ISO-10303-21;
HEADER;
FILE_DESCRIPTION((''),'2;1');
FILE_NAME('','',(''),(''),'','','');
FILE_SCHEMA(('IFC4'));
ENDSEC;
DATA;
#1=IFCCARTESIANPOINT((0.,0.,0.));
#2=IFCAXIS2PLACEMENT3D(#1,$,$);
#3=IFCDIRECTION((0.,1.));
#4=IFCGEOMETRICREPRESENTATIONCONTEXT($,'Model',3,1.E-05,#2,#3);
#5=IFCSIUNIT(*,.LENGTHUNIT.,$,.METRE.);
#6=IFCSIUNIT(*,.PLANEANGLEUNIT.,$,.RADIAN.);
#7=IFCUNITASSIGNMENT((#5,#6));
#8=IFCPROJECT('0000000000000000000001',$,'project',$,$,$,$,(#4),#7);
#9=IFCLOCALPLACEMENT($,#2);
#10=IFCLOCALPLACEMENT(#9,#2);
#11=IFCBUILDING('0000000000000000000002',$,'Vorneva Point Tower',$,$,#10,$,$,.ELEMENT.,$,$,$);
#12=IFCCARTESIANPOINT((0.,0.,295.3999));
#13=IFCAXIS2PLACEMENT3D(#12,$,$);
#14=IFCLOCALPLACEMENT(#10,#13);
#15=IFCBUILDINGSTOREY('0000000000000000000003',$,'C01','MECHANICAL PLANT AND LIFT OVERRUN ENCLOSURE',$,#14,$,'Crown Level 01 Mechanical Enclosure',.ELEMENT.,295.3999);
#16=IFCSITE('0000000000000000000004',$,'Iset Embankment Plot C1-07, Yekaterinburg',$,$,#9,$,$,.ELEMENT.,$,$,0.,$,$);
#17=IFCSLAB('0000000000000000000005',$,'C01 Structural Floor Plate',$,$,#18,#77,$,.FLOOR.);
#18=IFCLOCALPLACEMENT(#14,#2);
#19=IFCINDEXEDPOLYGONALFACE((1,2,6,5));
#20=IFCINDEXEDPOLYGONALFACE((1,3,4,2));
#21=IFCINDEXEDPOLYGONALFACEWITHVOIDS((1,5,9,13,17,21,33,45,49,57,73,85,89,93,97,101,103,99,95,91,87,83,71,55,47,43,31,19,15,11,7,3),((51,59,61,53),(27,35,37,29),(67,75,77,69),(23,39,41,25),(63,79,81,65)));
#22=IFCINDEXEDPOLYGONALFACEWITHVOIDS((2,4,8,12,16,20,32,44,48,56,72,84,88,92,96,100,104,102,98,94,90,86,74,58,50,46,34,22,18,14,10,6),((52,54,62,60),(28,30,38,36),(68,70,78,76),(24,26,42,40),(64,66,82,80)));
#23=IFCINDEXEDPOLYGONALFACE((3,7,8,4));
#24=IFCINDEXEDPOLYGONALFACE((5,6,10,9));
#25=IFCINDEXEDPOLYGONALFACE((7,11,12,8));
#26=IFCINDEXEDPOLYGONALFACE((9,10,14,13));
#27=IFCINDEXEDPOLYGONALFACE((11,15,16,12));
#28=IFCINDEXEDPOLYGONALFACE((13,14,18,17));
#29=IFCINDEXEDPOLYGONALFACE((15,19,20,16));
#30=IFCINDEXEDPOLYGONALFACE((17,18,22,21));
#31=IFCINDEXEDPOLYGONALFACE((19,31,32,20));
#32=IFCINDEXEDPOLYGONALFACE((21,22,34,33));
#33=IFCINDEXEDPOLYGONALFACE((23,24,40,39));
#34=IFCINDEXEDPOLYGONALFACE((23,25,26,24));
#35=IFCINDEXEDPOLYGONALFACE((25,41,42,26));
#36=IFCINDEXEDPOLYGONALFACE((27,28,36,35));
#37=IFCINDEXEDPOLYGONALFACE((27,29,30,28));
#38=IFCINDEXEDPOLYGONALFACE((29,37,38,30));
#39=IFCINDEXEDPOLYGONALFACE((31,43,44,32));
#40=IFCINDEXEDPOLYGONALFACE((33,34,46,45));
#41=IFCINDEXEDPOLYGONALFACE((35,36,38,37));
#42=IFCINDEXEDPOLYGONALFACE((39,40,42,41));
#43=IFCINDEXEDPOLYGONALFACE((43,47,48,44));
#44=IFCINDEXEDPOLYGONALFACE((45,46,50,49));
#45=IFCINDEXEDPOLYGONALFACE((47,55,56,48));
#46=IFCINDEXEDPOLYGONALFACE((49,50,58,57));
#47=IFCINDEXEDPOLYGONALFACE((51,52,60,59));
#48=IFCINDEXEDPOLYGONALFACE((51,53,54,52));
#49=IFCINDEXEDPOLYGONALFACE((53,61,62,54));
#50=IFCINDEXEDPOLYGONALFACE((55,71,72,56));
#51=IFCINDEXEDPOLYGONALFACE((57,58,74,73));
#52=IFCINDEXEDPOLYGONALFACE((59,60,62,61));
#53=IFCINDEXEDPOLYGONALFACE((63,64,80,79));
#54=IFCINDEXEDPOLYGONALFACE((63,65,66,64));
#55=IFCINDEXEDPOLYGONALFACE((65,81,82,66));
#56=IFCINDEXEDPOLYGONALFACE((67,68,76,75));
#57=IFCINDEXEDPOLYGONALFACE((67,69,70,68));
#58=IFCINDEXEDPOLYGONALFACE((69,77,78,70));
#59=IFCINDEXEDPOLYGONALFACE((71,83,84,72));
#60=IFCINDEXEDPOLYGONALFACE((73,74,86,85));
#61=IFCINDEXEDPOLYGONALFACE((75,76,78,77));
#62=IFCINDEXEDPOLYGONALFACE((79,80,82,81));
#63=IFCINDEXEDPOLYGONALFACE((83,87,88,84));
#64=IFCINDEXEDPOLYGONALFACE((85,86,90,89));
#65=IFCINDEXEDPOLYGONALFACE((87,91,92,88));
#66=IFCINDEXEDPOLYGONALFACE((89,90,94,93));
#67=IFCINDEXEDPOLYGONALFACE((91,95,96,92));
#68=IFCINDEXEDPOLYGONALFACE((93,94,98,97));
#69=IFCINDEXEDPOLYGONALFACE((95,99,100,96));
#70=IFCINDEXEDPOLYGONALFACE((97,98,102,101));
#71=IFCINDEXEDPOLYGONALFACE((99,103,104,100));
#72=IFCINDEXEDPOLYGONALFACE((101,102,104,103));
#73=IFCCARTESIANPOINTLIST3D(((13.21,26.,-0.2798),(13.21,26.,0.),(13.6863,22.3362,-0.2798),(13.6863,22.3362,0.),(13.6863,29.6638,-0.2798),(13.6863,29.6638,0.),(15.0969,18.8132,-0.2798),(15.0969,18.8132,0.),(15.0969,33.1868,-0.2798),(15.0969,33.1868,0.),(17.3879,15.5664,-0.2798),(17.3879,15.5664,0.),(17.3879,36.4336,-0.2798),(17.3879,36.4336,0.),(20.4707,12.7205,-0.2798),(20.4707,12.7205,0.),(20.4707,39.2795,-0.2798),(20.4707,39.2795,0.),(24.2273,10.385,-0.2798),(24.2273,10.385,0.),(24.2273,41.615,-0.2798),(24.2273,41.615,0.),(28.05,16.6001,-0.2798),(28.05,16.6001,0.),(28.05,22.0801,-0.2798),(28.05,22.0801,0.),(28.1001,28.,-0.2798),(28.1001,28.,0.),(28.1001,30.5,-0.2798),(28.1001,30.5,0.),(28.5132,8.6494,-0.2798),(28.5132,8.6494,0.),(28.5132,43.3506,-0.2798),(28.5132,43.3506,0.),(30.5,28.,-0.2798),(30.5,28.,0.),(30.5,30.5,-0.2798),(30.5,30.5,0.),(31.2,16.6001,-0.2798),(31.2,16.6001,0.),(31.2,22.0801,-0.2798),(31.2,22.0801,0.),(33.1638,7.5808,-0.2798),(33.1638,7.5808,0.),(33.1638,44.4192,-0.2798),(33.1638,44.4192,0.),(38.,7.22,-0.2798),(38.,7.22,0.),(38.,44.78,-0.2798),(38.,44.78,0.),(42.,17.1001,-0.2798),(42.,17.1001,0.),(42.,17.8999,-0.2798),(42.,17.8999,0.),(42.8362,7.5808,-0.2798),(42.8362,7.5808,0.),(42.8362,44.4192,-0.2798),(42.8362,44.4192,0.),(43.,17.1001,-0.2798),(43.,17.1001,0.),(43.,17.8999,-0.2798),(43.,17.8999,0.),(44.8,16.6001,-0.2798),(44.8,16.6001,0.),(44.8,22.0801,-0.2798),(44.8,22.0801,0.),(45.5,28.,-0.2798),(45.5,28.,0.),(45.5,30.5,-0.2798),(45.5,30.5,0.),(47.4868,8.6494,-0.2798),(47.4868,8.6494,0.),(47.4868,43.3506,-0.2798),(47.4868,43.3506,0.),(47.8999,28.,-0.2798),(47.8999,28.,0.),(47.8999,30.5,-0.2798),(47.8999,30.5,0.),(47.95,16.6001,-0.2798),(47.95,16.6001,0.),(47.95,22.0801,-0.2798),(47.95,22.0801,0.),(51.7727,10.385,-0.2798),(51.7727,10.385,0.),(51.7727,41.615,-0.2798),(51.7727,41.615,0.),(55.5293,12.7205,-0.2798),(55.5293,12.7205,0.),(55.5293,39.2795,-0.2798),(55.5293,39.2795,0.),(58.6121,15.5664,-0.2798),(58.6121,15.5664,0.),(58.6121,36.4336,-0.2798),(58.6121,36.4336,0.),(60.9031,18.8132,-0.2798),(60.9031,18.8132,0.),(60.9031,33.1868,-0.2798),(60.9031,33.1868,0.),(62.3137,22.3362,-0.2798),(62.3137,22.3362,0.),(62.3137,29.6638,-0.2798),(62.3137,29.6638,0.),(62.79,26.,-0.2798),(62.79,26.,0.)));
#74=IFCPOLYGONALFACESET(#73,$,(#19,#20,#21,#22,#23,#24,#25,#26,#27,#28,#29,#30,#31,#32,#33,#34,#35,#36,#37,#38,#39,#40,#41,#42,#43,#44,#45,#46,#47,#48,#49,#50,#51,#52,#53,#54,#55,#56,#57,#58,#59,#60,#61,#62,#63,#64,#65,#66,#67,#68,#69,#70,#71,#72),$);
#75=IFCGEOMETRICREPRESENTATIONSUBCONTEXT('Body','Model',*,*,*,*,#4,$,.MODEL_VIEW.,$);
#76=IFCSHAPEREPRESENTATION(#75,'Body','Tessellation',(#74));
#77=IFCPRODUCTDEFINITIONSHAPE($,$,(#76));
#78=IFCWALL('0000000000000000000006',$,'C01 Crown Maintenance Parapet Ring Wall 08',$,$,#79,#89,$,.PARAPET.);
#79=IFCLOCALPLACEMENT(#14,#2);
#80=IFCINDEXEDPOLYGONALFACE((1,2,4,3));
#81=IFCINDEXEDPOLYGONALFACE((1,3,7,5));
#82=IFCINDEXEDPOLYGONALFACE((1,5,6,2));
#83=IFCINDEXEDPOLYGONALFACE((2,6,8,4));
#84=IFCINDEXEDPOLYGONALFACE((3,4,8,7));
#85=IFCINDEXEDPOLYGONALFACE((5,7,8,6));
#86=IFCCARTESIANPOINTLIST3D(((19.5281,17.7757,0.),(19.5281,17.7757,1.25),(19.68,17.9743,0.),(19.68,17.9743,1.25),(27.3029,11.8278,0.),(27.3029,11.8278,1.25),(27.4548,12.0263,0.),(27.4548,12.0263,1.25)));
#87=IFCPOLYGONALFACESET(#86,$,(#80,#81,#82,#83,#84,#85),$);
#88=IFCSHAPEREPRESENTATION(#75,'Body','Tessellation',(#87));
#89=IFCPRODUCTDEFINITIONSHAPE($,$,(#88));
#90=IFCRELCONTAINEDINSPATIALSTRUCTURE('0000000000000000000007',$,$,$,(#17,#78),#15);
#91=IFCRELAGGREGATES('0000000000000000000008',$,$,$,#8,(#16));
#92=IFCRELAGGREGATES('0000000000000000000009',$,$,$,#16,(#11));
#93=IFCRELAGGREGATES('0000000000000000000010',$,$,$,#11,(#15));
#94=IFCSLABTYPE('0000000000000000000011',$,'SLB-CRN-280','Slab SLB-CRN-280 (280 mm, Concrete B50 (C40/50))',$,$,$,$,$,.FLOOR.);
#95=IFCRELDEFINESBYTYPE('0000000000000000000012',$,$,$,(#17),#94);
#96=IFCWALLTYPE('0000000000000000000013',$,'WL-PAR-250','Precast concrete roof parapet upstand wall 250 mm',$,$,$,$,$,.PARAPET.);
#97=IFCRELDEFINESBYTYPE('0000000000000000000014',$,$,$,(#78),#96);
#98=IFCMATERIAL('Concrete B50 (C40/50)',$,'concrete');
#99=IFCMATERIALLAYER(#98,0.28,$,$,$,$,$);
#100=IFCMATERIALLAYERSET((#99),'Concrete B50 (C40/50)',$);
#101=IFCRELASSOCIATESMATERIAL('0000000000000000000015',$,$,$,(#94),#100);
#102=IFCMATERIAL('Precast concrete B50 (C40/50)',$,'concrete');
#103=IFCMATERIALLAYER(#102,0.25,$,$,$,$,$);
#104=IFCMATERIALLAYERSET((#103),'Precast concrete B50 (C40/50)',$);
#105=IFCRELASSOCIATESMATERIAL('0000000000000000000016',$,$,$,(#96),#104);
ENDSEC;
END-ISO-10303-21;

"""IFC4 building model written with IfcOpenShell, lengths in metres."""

from ifc_helpers import new_model, si_unit, direction, frame, frame_2d, origin, place, context, subcontext, project, spatial, polyline, rectangle, outline, extrude, material, layer, layer_set, type_object, element, save


model = new_model("IFC4")

# Units and contexts
model_context = context("Model", 3, precision=1e-05, world=origin(), true_north=direction((0.0, 1.0)))
body_context = subcontext(model_context, "Body", "Model", "MODEL_VIEW")
ifc_project = project(units=[si_unit("LENGTHUNIT", "METRE"), si_unit("PLANEANGLEUNIT", "RADIAN")], contexts=[model_context])

# Site, building, storey
site_placement = place(None, origin())
site = spatial("IfcSite", under=ifc_project, at=site_placement, Name="Iset Embankment Plot C1-07, Yekaterinburg", CompositionType="ELEMENT", RefElevation=0.0)
building_placement = place(site_placement, origin())
building = spatial("IfcBuilding", under=site, at=building_placement, Name="Vorneva Point Tower", CompositionType="ELEMENT")
storey_placement = place(building_placement, frame((0.0, 0.0, 295.3999)))
storey = spatial("IfcBuildingStorey", under=building, at=storey_placement, Name="C01", Description="MECHANICAL PLANT AND LIFT OVERRUN ENCLOSURE", LongName="Crown Level 01 Mechanical Enclosure", CompositionType="ELEMENT", Elevation=295.3999)

# Slab
ifc_material_1 = material(Name="Concrete B50 (C40/50)", Category="concrete")
ifc_layer_1 = layer(ifc_material_1, 0.28)
ifc_layer_set_1 = layer_set([ifc_layer_1], Name="Concrete B50 (C40/50)")
slab_type = type_object("IfcSlabType", Name="SLB-CRN-280", Description="Slab SLB-CRN-280 (280 mm, Concrete B50 (C40/50))", PredefinedType="FLOOR", material=ifc_layer_set_1)
slab_placement = place(storey_placement, frame((0.0, 0.0, -0.2798)))
element("IfcSlab", 1, at=slab_placement, inside=storey, type_object=slab_type, Name="C01 Structural Floor Plate", PredefinedType="FLOOR", context=body_context, shape_type="SweptSolid", body=[
    extrude(outline(polyline([(62.79, 26.0), (62.3137, 29.6638), (60.9031, 33.1868), (58.6121, 36.4336), (55.5293, 39.2795), (51.7727, 41.615), (47.4868, 43.3506), (42.8362, 44.4192), (38.0, 44.78), (33.1638, 44.4192), (28.5132, 43.3506), (24.2273, 41.615), (20.4707, 39.2795), (17.3879, 36.4336), (15.0969, 33.1868), (13.6863, 29.6638), (13.21, 26.0), (13.6863, 22.3362), (15.0969, 18.8132), (17.3879, 15.5664), (20.4707, 12.7205), (24.2273, 10.385), (28.5132, 8.6494), (33.1638, 7.5808), (38.0, 7.22), (42.8362, 7.5808), (47.4868, 8.6494), (51.7727, 10.385), (55.5293, 12.7205), (58.6121, 15.5664), (60.9031, 18.8132), (62.3137, 22.3362), (62.79, 26.0)]), holes=[polyline([(28.1001, 28.0), (30.5, 28.0), (30.5, 30.5), (28.1001, 30.5), (28.1001, 28.0)]), polyline([(45.5, 28.0), (47.8999, 28.0), (47.8999, 30.5), (45.5, 30.5), (45.5, 28.0)]), polyline([(28.05, 16.6001), (31.2, 16.6001), (31.2, 22.0801), (28.05, 22.0801), (28.05, 16.6001)]), polyline([(44.8, 16.6001), (47.95, 16.6001), (47.95, 22.0801), (44.8, 22.0801), (44.8, 16.6001)]), polyline([(42.0, 17.1001), (43.0, 17.1001), (43.0, 17.8999), (42.0, 17.8999), (42.0, 17.1001)])]), origin(), (0.0, 0.0, 1.0), 0.2798),
])

# Wall
ifc_material_2 = material(Name="Precast concrete B50 (C40/50)", Category="concrete")
ifc_layer_2 = layer(ifc_material_2, 0.25)
ifc_layer_set_2 = layer_set([ifc_layer_2], Name="Precast concrete B50 (C40/50)")
wall_type = type_object("IfcWallType", Name="WL-PAR-250", Description="Precast concrete roof parapet upstand wall 250 mm", PredefinedType="PARAPET", material=ifc_layer_set_2)
wall_placement = place(storey_placement, frame((19.604, 17.875, 0.0), z_axis=(0.0, 0.0, 1.0), x_axis=(0.794235, -0.60761, 0.0)))
element("IfcWall", 2, at=wall_placement, inside=storey, type_object=wall_type, Name="C01 Crown Maintenance Parapet Ring Wall 08", PredefinedType="PARAPET", context=body_context, shape_type="SweptSolid", body=[
    extrude(rectangle(XDim=9.7891, YDim=0.25, at=frame_2d((4.8945, 0.0))), origin(), (0.0, 0.0, 1.0), 1.25),
])

save(model, "model.ifc")
